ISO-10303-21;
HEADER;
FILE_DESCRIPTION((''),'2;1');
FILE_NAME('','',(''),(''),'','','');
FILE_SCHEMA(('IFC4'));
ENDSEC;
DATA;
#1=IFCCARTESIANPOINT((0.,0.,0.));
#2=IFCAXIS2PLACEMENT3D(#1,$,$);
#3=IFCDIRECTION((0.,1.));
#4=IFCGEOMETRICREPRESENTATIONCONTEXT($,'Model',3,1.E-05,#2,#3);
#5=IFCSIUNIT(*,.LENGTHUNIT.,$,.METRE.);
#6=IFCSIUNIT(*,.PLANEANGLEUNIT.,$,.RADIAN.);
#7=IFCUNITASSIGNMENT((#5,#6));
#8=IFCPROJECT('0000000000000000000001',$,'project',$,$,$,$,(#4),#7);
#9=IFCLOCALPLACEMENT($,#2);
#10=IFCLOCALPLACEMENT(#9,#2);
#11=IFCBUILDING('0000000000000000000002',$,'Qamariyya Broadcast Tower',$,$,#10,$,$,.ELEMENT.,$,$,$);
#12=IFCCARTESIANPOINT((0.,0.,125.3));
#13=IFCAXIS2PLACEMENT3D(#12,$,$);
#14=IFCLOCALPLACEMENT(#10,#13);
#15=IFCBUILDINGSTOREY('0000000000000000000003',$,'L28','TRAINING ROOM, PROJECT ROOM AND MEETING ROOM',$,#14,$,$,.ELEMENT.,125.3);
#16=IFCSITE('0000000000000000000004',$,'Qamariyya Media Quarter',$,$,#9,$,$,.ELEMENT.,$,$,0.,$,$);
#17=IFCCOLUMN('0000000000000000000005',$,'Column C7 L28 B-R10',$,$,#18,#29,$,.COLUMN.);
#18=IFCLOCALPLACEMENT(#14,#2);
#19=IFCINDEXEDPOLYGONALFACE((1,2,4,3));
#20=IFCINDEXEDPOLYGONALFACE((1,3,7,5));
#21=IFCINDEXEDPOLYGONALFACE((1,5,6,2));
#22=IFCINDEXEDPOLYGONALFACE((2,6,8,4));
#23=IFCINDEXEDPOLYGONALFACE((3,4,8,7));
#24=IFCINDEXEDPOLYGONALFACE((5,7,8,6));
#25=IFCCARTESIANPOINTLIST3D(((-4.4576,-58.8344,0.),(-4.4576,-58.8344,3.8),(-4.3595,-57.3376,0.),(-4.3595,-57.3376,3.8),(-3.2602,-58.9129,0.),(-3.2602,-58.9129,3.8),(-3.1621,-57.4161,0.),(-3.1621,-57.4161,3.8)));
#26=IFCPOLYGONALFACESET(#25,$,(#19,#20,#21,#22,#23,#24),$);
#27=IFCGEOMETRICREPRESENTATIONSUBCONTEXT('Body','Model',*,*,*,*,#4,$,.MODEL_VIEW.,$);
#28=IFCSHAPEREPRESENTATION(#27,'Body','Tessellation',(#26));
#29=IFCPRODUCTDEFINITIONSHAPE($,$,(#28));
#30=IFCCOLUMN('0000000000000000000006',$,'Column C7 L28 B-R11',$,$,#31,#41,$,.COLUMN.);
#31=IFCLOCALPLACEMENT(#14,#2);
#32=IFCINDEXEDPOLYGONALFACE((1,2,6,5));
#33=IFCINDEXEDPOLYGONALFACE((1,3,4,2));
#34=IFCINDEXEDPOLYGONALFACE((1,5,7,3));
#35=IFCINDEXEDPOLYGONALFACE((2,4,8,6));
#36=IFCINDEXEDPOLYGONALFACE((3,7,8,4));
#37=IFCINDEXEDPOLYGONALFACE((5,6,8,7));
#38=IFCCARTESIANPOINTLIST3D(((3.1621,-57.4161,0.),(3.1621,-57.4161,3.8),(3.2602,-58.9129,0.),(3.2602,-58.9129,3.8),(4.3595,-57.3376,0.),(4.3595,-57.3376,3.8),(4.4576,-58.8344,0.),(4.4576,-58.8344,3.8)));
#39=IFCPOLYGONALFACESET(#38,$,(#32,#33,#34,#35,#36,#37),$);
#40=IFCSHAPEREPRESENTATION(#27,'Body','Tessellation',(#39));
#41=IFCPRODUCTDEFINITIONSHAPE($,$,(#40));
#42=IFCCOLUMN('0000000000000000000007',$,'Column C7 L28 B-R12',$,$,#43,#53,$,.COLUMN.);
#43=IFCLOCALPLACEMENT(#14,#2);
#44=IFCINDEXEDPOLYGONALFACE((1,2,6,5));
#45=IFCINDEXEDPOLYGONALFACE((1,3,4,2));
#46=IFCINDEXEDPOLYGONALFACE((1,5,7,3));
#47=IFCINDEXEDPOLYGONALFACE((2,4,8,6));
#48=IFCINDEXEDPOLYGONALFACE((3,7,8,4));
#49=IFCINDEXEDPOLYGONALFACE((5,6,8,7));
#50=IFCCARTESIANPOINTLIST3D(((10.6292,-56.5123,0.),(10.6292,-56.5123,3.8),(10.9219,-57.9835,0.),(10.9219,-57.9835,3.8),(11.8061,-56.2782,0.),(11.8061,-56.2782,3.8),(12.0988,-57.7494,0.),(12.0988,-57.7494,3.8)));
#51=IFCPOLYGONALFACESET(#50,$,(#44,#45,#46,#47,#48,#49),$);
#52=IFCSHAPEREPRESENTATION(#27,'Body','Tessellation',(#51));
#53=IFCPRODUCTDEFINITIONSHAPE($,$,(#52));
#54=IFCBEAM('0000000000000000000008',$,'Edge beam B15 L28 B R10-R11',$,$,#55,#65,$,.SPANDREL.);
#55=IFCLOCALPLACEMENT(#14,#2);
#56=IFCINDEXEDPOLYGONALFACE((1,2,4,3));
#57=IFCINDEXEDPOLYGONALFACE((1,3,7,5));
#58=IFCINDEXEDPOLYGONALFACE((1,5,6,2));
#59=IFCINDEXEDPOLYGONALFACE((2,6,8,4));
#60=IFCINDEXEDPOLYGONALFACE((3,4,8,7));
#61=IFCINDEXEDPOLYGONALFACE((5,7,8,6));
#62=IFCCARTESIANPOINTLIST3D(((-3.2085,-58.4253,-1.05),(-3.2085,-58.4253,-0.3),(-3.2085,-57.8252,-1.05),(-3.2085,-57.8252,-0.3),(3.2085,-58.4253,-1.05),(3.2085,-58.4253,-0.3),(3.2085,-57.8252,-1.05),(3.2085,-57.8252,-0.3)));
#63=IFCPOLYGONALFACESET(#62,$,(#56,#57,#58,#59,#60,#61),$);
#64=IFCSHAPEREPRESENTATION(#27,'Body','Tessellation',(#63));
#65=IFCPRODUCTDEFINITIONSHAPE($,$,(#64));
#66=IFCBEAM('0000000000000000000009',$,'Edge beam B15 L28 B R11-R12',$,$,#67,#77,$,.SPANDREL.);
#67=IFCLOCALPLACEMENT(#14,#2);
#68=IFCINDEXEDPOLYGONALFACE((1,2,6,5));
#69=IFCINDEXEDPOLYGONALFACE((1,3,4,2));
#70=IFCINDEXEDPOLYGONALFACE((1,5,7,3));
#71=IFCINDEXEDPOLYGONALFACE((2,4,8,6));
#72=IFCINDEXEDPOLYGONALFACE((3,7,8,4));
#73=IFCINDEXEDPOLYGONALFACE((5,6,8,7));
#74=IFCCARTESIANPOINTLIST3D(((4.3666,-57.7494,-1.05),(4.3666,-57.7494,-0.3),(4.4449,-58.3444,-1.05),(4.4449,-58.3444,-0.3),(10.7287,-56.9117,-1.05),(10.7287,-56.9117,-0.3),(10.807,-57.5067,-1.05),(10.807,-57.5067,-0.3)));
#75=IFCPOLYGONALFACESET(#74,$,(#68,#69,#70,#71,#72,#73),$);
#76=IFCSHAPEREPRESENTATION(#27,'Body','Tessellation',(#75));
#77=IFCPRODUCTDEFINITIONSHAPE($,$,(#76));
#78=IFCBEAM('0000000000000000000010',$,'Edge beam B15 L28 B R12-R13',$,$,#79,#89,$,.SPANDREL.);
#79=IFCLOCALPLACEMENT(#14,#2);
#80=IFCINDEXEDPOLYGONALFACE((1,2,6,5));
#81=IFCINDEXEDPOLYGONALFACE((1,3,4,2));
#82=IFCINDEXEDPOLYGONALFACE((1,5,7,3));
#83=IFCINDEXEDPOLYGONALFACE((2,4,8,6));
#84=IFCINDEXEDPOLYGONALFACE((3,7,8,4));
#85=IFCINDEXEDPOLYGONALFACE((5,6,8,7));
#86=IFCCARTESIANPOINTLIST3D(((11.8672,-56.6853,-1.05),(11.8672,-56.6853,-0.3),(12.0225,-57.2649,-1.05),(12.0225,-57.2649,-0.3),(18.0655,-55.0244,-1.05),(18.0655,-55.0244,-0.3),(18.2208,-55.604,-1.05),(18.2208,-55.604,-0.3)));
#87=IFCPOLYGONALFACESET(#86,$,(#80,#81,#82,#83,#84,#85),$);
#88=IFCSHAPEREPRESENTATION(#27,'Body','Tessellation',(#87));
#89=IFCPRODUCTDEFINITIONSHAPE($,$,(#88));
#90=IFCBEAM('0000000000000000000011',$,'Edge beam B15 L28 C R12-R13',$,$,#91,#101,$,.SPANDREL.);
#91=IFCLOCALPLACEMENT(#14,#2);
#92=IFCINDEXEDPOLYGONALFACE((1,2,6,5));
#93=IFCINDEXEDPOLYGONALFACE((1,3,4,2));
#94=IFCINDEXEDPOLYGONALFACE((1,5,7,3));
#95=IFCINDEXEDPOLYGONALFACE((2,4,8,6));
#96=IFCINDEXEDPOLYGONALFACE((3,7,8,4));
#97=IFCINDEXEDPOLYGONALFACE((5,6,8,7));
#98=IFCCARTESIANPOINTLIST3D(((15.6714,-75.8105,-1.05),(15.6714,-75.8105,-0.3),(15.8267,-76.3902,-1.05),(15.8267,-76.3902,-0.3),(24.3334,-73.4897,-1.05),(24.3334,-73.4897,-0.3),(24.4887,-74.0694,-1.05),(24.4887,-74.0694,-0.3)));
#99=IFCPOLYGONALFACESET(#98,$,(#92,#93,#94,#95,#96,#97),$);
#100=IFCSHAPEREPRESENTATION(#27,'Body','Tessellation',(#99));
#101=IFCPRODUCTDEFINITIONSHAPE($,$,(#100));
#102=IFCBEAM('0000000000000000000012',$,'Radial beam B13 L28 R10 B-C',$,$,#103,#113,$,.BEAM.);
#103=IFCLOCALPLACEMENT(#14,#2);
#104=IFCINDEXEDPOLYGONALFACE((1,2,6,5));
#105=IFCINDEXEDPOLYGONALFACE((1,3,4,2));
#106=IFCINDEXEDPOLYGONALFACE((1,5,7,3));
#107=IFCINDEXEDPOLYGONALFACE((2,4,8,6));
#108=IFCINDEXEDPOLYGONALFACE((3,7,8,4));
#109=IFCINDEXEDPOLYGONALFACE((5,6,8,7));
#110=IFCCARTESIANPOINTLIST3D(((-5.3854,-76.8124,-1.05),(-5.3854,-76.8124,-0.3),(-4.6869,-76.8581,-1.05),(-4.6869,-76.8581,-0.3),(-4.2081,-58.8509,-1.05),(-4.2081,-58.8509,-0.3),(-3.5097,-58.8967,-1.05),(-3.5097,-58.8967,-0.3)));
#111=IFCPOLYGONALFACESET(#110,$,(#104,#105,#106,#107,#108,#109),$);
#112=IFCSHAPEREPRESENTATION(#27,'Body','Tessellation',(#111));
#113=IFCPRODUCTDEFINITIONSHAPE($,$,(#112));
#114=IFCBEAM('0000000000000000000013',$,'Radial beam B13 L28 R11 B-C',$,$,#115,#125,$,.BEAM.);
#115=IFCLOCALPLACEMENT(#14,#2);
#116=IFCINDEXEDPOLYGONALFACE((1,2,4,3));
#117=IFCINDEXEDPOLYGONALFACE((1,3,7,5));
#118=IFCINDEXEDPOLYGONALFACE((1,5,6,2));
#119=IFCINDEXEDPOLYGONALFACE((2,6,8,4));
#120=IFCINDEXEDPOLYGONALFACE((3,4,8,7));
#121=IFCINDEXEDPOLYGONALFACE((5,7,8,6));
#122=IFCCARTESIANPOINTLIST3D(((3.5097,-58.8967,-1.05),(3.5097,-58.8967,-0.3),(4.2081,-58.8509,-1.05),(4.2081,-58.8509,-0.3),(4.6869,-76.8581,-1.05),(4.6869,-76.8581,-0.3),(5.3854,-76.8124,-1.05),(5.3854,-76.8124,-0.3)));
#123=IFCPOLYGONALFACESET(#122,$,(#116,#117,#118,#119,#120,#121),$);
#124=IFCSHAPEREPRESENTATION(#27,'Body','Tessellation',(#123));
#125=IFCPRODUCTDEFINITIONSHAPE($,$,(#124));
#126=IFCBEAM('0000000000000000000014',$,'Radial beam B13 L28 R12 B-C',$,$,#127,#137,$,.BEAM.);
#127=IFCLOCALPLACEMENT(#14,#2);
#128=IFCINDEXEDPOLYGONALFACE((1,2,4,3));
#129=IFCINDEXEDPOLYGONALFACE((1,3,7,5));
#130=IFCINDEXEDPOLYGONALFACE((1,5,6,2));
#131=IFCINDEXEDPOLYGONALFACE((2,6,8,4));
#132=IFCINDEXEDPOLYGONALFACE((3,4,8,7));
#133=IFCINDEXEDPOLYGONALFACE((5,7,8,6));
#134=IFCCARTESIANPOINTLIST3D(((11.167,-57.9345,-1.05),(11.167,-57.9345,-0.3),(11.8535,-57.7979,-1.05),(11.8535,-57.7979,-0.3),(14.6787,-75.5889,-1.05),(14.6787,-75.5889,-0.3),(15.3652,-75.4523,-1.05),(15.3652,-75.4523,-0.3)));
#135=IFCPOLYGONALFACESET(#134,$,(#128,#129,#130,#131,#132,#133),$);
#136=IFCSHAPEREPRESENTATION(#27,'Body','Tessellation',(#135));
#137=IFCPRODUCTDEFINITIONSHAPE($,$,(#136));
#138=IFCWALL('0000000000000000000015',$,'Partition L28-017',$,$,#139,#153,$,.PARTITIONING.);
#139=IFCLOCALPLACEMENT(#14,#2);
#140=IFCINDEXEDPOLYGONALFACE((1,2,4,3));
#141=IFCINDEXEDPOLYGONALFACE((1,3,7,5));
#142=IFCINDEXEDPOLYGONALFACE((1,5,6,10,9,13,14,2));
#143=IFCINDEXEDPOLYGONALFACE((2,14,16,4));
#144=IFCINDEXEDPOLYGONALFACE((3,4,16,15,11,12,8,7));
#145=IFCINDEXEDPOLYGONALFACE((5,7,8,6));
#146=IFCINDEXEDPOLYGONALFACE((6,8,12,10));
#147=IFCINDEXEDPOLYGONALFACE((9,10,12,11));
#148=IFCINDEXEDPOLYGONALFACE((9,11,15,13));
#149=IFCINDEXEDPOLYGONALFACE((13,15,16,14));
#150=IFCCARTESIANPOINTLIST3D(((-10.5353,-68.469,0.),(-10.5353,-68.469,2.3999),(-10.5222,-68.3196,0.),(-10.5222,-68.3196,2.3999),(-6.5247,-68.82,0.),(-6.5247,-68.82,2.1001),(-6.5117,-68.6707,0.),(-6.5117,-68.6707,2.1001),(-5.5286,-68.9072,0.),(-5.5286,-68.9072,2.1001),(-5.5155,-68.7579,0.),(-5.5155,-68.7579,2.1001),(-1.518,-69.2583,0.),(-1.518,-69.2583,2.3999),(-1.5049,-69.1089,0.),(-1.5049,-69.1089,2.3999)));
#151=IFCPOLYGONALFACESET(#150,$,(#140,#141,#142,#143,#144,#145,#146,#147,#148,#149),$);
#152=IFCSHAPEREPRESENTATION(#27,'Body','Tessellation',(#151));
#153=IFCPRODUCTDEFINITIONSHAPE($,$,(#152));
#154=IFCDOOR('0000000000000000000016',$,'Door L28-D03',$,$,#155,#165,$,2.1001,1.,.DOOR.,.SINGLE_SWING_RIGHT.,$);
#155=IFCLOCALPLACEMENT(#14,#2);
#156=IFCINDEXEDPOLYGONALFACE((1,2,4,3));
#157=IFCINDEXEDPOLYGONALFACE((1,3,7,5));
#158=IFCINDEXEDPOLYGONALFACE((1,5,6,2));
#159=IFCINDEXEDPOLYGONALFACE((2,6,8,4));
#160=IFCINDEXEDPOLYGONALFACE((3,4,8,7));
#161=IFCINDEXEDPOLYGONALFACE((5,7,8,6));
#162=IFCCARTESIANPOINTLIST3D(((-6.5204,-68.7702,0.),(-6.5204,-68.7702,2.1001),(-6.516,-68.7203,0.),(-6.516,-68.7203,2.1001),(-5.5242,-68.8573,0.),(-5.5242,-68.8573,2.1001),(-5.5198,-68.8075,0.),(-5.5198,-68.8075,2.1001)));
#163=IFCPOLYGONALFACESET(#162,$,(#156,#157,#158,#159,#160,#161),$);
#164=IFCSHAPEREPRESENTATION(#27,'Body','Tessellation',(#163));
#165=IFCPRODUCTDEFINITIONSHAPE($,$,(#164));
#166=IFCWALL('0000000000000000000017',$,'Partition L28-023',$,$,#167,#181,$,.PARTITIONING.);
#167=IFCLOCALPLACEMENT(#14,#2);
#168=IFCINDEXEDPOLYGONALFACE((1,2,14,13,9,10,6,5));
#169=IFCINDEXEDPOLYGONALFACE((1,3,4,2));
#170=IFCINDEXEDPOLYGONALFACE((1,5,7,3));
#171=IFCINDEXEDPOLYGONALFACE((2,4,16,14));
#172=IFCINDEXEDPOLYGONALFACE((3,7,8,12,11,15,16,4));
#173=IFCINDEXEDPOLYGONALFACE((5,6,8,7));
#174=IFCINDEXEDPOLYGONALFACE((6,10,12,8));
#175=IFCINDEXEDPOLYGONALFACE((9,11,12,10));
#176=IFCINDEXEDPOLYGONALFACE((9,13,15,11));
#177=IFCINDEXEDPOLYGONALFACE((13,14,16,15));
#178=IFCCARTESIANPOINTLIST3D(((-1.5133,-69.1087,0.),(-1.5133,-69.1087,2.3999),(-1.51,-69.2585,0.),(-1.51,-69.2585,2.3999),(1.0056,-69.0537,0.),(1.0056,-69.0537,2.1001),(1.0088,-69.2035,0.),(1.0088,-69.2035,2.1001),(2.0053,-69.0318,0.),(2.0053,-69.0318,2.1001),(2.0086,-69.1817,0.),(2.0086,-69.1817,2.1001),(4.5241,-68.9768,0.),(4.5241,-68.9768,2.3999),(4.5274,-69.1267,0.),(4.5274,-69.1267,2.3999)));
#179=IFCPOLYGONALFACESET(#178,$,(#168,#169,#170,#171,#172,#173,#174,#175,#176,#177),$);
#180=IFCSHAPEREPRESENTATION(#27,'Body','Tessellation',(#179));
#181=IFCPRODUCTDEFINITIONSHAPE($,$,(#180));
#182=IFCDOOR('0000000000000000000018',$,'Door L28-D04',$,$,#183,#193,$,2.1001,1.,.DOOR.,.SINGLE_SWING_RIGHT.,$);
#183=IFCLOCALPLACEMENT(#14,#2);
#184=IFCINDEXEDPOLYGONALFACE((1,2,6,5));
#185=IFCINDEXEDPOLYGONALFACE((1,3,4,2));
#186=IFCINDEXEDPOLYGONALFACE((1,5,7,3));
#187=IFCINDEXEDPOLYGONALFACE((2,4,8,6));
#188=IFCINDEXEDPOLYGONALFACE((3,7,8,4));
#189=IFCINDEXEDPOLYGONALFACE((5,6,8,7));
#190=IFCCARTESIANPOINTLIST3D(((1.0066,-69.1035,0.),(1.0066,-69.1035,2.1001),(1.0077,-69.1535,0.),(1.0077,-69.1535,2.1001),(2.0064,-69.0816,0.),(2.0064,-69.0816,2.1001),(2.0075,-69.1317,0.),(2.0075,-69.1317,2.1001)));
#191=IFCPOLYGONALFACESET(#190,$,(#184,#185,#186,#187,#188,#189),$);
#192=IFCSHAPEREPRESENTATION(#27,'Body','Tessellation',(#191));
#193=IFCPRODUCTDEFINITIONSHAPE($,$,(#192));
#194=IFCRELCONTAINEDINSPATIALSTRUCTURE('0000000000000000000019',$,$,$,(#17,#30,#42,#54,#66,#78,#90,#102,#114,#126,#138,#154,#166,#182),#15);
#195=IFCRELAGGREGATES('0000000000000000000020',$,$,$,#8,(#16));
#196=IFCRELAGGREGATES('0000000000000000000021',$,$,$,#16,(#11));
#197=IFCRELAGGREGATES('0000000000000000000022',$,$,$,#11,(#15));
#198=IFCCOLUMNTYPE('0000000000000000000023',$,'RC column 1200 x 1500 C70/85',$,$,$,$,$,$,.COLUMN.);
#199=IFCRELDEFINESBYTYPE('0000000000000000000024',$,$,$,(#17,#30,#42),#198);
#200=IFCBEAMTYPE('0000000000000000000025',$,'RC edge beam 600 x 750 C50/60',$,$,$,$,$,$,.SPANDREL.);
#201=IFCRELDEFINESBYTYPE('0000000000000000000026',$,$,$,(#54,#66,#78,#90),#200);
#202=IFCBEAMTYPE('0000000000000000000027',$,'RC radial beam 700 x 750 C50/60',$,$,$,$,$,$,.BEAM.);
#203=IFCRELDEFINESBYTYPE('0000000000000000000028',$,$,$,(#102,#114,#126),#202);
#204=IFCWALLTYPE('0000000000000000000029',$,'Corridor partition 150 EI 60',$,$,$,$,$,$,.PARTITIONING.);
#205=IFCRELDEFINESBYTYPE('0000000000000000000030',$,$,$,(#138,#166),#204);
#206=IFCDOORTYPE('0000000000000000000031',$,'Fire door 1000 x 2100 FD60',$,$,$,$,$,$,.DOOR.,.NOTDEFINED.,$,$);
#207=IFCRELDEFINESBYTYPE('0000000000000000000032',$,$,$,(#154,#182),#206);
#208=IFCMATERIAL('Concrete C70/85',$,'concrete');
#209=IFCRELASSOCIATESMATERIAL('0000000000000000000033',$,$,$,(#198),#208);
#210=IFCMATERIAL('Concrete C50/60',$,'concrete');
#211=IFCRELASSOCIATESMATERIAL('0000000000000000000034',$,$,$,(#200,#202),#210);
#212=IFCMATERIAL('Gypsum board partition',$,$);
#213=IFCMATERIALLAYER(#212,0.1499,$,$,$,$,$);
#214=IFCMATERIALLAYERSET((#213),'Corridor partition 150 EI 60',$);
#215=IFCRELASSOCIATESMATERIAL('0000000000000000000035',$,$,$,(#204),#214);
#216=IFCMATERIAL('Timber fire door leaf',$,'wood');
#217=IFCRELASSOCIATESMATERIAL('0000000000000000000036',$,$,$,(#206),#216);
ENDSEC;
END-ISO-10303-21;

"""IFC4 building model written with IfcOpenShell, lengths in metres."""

from ifc_helpers import new_model, si_unit, direction, frame, frame_2d, origin, origin_2d, place, context, subcontext, project, spatial, rectangle, extrude, material, layer, layer_set, material_profile, profile_set, type_object, element, fill, save


model = new_model("IFC4")

# Units and contexts
model_context = context("Model", 3, precision=1e-05, world=origin(), true_north=direction((0.0, 1.0)))
body_context = subcontext(model_context, "Body", "Model", "MODEL_VIEW")
ifc_project = project(units=[si_unit("LENGTHUNIT", "METRE"), si_unit("PLANEANGLEUNIT", "RADIAN")], contexts=[model_context])

# Site, building, storey
site_placement = place(None, origin())
site = spatial("IfcSite", under=ifc_project, at=site_placement, Name="Qamariyya Media Quarter", CompositionType="ELEMENT", RefElevation=0.0)
building_placement = place(site_placement, origin())
building = spatial("IfcBuilding", under=site, at=building_placement, Name="Qamariyya Broadcast Tower", CompositionType="ELEMENT")
storey_placement = place(building_placement, frame((0.0, 0.0, 125.3)))
storey = spatial("IfcBuildingStorey", under=building, at=storey_placement, Name="L28", Description="TRAINING ROOM, PROJECT ROOM AND MEETING ROOM", CompositionType="ELEMENT", Elevation=125.3)

# Columns
ifc_material_1 = material(Name="Concrete C70/85", Category="concrete")
ifc_material_profile_1 = material_profile(ifc_material_1, rectangle(XDim=1.2, YDim=1.5, at=origin_2d()))
ifc_profile_set_1 = profile_set([ifc_material_profile_1], Name="Concrete C70/85")
column_type = type_object("IfcColumnType", Name="RC column 1200 x 1500 C70/85", PredefinedType="COLUMN", material=ifc_profile_set_1)
for number, where, z_axis, x_axis, name in (
    (1, (-3.8098, -58.1252, 0.0), (0.0, 0.0, 1.0), (0.997859, -0.065403, 0.0), "Column C7 L28 B-R10"),
    (2, (3.8098, -58.1252, 0.0), (0.0, 0.0, 1.0), (0.997859, 0.065403, 0.0), "Column C7 L28 B-R11"),
    (3, (11.364, -57.1309, 0.0), (0.0, 0.0, 1.0), (0.980785, 0.19509, 0.0), "Column C7 L28 B-R12"),
):
    element("IfcColumn", number, at=place(storey_placement, frame(where, z_axis=z_axis, x_axis=x_axis)), inside=storey, type_object=column_type, Name=name, PredefinedType="COLUMN", context=body_context, shape_type="SweptSolid", body=[
        extrude(rectangle(XDim=1.2, YDim=1.5, at=origin_2d()), origin(), (0.0, 0.0, 1.0), 3.8),
    ])

# Beams
ifc_material_2 = material(Name="Concrete C50/60", Category="concrete")
ifc_material_profile_2 = material_profile(ifc_material_2, rectangle(XDim=0.6001, YDim=0.75, at=origin_2d()))
ifc_profile_set_2 = profile_set([ifc_material_profile_2], Name="Concrete C50/60")
beam_type_1 = type_object("IfcBeamType", Name="RC edge beam 600 x 750 C50/60", PredefinedType="SPANDREL", material=ifc_profile_set_2)
for number, where, z_axis, x_axis, name in (
    (4, (-3.2085, -58.1252, -0.675), (1.0, 0.0, 0.0), (0.0, 1.0, 0.0), "Edge beam B15 L28 B R10-R11"),
    (5, (4.4058, -58.0469, -0.675), (0.991444, 0.130536, 0.0), (-0.130536, 0.991444, 0.0), "Edge beam B15 L28 B R11-R12"),
    (6, (11.9448, -56.9751, -0.675), (0.965923, 0.25883, 0.0), (-0.25883, 0.965923, 0.0), "Edge beam B15 L28 B R12-R13"),
):
    element("IfcBeam", number, at=place(storey_placement, frame(where, z_axis=z_axis, x_axis=x_axis)), inside=storey, type_object=beam_type_1, Name=name, PredefinedType="SPANDREL", context=body_context, shape_type="SweptSolid", body=[
        extrude(rectangle(XDim=0.6001, YDim=0.75, at=origin_2d()), origin(), (0.0, 0.0, 1.0), 6.417),
    ])
beam_1_placement = place(storey_placement, frame((15.749, -76.1003, -0.675), z_axis=(0.965932, 0.258798, 0.0), x_axis=(-0.258798, 0.965932, 0.0)))
element("IfcBeam", 7, at=beam_1_placement, inside=storey, type_object=beam_type_1, Name="Edge beam B15 L28 C R12-R13", PredefinedType="SPANDREL", context=body_context, shape_type="SweptSolid", body=[
    extrude(rectangle(XDim=0.6001, YDim=0.75, at=origin_2d()), origin(), (0.0, 0.0, 1.0), 8.9675),
])
ifc_material_profile_3 = material_profile(ifc_material_2, rectangle(XDim=0.7, YDim=0.75, at=origin_2d()))
ifc_profile_set_3 = profile_set([ifc_material_profile_3], Name="Concrete C50/60")
beam_type_2 = type_object("IfcBeamType", Name="RC radial beam 700 x 750 C50/60", PredefinedType="BEAM", material=ifc_profile_set_3)
for number, where, z_axis, x_axis, name in (
    (8, (-3.8589, -58.8738, -0.675), (-0.065403, -0.997859, 0.0), (0.997859, -0.065403, 0.0), "Radial beam B13 L28 R10 B-C"),
    (9, (3.8589, -58.8738, -0.675), (0.065403, -0.997859, 0.0), (0.997859, 0.065403, 0.0), "Radial beam B13 L28 R11 B-C"),
):
    element("IfcBeam", number, at=place(storey_placement, frame(where, z_axis=z_axis, x_axis=x_axis)), inside=storey, type_object=beam_type_2, Name=name, PredefinedType="BEAM", context=body_context, shape_type="SweptSolid", body=[
        extrude(rectangle(XDim=0.7, YDim=0.75, at=origin_2d()), origin(), (0.0, 0.0, 1.0), 18.0),
    ])
beam_2_placement = place(storey_placement, frame((11.5103, -57.8662, -0.675), z_axis=(0.195094, -0.980785, 0.0), x_axis=(0.980785, 0.195094, 0.0)))
element("IfcBeam", 10, at=beam_2_placement, inside=storey, type_object=beam_type_2, Name="Radial beam B13 L28 R12 B-C", PredefinedType="BEAM", context=body_context, shape_type="SweptSolid", body=[
    extrude(rectangle(XDim=0.7, YDim=0.75, at=origin_2d()), origin(), (0.0, 0.0, 1.0), 18.0002),
])

# Walls, openings, doors
ifc_material_3 = material(Name="Gypsum board partition")
ifc_layer_1 = layer(ifc_material_3, 0.1499)
ifc_layer_set_1 = layer_set([ifc_layer_1], Name="Corridor partition 150 EI 60")
wall_type_1 = type_object("IfcWallType", Name="Corridor partition 150 EI 60", PredefinedType="PARTITIONING", material=ifc_layer_set_1)
wall_1_placement = place(storey_placement, frame((-1.5115, -69.1836, 0.0), z_axis=(0.0, 0.0, 1.0), x_axis=(-0.996191, 0.087199, 0.0)))
wall_1 = element("IfcWall", 11, at=wall_1_placement, inside=storey, type_object=wall_type_1, Name="Partition L28-017", PredefinedType="PARTITIONING", context=body_context, shape_type="SweptSolid", body=[
    extrude(rectangle(XDim=9.0518, YDim=0.1499, at=frame_2d((4.5259, 0.0))), origin(), (0.0, 0.0, 1.0), 2.3999),
])
opening_1_placement = place(wall_1_placement, frame((4.0259, 0.0, 0.0)))
opening_1 = element("IfcOpeningElement", 12, at=opening_1_placement, cuts=wall_1, PredefinedType="OPENING", context=body_context, shape_type="SweptSolid", body=[
    extrude(rectangle(XDim=1.0, YDim=2.1001, at=frame_2d((0.5, 1.05))), frame((0.0, 0.085, 0.0), z_axis=(0.0, -1.0, 0.0), x_axis=(1.0, 0.0, 0.0)), (0.0, 0.0, 1.0), 0.1699),
])
ifc_material_4 = material(Name="Timber fire door leaf", Category="wood")
door_type_1 = type_object("IfcDoorType", Name="Fire door 1000 x 2100 FD60", OperationType="NOTDEFINED", PredefinedType="DOOR", material=ifc_material_4)
door_1_placement = place(opening_1_placement, origin())
door_1 = element("IfcDoor", 13, at=door_1_placement, inside=storey, type_object=door_type_1, Name="Door L28-D03", OperationType="SINGLE_SWING_RIGHT", OverallHeight=2.1001, OverallWidth=1.0, PredefinedType="DOOR", context=body_context, shape_type="SweptSolid", body=[
    extrude(rectangle(XDim=1.0, YDim=2.1001, at=frame_2d((0.5, 1.05))), frame((0.0, 0.0249, 0.0), z_axis=(0.0, -1.0, 0.0), x_axis=(1.0, 0.0, 0.0)), (0.0, 0.0, 1.0), 0.05),
])
fill(opening_1, door_1)
wall_2_placement = place(storey_placement, frame((4.5259, -69.0518, 0.0), z_axis=(0.0, 0.0, 1.0), x_axis=(-0.999762, -0.021832, 0.0)))
wall_2 = element("IfcWall", 14, at=wall_2_placement, inside=storey, type_object=wall_type_1, Name="Partition L28-023", PredefinedType="PARTITIONING", context=body_context, shape_type="SweptSolid", body=[
    extrude(rectangle(XDim=6.0388, YDim=0.1499, at=frame_2d((3.0195, 0.0))), origin(), (0.0, 0.0, 1.0), 2.3999),
])
opening_2_placement = place(wall_2_placement, frame((2.5195, 0.0, 0.0)))
opening_2 = element("IfcOpeningElement", 15, at=opening_2_placement, cuts=wall_2, PredefinedType="OPENING", context=body_context, shape_type="SweptSolid", body=[
    extrude(rectangle(XDim=1.0, YDim=2.1001, at=frame_2d((0.5, 1.05))), frame((0.0, 0.085, 0.0), z_axis=(0.0, -1.0, 0.0), x_axis=(1.0, 0.0, 0.0)), (0.0, 0.0, 1.0), 0.1699),
])
door_2_placement = place(opening_2_placement, origin())
door_2 = element("IfcDoor", 16, at=door_2_placement, inside=storey, type_object=door_type_1, Name="Door L28-D04", OperationType="SINGLE_SWING_RIGHT", OverallHeight=2.1001, OverallWidth=1.0, PredefinedType="DOOR", context=body_context, shape_type="SweptSolid", body=[
    extrude(rectangle(XDim=1.0, YDim=2.1001, at=frame_2d((0.5, 1.05))), frame((0.0, 0.0249, 0.0), z_axis=(0.0, -1.0, 0.0), x_axis=(1.0, 0.0, 0.0)), (0.0, 0.0, 1.0), 0.05),
])
fill(opening_2, door_2)

save(model, "model.ifc")
